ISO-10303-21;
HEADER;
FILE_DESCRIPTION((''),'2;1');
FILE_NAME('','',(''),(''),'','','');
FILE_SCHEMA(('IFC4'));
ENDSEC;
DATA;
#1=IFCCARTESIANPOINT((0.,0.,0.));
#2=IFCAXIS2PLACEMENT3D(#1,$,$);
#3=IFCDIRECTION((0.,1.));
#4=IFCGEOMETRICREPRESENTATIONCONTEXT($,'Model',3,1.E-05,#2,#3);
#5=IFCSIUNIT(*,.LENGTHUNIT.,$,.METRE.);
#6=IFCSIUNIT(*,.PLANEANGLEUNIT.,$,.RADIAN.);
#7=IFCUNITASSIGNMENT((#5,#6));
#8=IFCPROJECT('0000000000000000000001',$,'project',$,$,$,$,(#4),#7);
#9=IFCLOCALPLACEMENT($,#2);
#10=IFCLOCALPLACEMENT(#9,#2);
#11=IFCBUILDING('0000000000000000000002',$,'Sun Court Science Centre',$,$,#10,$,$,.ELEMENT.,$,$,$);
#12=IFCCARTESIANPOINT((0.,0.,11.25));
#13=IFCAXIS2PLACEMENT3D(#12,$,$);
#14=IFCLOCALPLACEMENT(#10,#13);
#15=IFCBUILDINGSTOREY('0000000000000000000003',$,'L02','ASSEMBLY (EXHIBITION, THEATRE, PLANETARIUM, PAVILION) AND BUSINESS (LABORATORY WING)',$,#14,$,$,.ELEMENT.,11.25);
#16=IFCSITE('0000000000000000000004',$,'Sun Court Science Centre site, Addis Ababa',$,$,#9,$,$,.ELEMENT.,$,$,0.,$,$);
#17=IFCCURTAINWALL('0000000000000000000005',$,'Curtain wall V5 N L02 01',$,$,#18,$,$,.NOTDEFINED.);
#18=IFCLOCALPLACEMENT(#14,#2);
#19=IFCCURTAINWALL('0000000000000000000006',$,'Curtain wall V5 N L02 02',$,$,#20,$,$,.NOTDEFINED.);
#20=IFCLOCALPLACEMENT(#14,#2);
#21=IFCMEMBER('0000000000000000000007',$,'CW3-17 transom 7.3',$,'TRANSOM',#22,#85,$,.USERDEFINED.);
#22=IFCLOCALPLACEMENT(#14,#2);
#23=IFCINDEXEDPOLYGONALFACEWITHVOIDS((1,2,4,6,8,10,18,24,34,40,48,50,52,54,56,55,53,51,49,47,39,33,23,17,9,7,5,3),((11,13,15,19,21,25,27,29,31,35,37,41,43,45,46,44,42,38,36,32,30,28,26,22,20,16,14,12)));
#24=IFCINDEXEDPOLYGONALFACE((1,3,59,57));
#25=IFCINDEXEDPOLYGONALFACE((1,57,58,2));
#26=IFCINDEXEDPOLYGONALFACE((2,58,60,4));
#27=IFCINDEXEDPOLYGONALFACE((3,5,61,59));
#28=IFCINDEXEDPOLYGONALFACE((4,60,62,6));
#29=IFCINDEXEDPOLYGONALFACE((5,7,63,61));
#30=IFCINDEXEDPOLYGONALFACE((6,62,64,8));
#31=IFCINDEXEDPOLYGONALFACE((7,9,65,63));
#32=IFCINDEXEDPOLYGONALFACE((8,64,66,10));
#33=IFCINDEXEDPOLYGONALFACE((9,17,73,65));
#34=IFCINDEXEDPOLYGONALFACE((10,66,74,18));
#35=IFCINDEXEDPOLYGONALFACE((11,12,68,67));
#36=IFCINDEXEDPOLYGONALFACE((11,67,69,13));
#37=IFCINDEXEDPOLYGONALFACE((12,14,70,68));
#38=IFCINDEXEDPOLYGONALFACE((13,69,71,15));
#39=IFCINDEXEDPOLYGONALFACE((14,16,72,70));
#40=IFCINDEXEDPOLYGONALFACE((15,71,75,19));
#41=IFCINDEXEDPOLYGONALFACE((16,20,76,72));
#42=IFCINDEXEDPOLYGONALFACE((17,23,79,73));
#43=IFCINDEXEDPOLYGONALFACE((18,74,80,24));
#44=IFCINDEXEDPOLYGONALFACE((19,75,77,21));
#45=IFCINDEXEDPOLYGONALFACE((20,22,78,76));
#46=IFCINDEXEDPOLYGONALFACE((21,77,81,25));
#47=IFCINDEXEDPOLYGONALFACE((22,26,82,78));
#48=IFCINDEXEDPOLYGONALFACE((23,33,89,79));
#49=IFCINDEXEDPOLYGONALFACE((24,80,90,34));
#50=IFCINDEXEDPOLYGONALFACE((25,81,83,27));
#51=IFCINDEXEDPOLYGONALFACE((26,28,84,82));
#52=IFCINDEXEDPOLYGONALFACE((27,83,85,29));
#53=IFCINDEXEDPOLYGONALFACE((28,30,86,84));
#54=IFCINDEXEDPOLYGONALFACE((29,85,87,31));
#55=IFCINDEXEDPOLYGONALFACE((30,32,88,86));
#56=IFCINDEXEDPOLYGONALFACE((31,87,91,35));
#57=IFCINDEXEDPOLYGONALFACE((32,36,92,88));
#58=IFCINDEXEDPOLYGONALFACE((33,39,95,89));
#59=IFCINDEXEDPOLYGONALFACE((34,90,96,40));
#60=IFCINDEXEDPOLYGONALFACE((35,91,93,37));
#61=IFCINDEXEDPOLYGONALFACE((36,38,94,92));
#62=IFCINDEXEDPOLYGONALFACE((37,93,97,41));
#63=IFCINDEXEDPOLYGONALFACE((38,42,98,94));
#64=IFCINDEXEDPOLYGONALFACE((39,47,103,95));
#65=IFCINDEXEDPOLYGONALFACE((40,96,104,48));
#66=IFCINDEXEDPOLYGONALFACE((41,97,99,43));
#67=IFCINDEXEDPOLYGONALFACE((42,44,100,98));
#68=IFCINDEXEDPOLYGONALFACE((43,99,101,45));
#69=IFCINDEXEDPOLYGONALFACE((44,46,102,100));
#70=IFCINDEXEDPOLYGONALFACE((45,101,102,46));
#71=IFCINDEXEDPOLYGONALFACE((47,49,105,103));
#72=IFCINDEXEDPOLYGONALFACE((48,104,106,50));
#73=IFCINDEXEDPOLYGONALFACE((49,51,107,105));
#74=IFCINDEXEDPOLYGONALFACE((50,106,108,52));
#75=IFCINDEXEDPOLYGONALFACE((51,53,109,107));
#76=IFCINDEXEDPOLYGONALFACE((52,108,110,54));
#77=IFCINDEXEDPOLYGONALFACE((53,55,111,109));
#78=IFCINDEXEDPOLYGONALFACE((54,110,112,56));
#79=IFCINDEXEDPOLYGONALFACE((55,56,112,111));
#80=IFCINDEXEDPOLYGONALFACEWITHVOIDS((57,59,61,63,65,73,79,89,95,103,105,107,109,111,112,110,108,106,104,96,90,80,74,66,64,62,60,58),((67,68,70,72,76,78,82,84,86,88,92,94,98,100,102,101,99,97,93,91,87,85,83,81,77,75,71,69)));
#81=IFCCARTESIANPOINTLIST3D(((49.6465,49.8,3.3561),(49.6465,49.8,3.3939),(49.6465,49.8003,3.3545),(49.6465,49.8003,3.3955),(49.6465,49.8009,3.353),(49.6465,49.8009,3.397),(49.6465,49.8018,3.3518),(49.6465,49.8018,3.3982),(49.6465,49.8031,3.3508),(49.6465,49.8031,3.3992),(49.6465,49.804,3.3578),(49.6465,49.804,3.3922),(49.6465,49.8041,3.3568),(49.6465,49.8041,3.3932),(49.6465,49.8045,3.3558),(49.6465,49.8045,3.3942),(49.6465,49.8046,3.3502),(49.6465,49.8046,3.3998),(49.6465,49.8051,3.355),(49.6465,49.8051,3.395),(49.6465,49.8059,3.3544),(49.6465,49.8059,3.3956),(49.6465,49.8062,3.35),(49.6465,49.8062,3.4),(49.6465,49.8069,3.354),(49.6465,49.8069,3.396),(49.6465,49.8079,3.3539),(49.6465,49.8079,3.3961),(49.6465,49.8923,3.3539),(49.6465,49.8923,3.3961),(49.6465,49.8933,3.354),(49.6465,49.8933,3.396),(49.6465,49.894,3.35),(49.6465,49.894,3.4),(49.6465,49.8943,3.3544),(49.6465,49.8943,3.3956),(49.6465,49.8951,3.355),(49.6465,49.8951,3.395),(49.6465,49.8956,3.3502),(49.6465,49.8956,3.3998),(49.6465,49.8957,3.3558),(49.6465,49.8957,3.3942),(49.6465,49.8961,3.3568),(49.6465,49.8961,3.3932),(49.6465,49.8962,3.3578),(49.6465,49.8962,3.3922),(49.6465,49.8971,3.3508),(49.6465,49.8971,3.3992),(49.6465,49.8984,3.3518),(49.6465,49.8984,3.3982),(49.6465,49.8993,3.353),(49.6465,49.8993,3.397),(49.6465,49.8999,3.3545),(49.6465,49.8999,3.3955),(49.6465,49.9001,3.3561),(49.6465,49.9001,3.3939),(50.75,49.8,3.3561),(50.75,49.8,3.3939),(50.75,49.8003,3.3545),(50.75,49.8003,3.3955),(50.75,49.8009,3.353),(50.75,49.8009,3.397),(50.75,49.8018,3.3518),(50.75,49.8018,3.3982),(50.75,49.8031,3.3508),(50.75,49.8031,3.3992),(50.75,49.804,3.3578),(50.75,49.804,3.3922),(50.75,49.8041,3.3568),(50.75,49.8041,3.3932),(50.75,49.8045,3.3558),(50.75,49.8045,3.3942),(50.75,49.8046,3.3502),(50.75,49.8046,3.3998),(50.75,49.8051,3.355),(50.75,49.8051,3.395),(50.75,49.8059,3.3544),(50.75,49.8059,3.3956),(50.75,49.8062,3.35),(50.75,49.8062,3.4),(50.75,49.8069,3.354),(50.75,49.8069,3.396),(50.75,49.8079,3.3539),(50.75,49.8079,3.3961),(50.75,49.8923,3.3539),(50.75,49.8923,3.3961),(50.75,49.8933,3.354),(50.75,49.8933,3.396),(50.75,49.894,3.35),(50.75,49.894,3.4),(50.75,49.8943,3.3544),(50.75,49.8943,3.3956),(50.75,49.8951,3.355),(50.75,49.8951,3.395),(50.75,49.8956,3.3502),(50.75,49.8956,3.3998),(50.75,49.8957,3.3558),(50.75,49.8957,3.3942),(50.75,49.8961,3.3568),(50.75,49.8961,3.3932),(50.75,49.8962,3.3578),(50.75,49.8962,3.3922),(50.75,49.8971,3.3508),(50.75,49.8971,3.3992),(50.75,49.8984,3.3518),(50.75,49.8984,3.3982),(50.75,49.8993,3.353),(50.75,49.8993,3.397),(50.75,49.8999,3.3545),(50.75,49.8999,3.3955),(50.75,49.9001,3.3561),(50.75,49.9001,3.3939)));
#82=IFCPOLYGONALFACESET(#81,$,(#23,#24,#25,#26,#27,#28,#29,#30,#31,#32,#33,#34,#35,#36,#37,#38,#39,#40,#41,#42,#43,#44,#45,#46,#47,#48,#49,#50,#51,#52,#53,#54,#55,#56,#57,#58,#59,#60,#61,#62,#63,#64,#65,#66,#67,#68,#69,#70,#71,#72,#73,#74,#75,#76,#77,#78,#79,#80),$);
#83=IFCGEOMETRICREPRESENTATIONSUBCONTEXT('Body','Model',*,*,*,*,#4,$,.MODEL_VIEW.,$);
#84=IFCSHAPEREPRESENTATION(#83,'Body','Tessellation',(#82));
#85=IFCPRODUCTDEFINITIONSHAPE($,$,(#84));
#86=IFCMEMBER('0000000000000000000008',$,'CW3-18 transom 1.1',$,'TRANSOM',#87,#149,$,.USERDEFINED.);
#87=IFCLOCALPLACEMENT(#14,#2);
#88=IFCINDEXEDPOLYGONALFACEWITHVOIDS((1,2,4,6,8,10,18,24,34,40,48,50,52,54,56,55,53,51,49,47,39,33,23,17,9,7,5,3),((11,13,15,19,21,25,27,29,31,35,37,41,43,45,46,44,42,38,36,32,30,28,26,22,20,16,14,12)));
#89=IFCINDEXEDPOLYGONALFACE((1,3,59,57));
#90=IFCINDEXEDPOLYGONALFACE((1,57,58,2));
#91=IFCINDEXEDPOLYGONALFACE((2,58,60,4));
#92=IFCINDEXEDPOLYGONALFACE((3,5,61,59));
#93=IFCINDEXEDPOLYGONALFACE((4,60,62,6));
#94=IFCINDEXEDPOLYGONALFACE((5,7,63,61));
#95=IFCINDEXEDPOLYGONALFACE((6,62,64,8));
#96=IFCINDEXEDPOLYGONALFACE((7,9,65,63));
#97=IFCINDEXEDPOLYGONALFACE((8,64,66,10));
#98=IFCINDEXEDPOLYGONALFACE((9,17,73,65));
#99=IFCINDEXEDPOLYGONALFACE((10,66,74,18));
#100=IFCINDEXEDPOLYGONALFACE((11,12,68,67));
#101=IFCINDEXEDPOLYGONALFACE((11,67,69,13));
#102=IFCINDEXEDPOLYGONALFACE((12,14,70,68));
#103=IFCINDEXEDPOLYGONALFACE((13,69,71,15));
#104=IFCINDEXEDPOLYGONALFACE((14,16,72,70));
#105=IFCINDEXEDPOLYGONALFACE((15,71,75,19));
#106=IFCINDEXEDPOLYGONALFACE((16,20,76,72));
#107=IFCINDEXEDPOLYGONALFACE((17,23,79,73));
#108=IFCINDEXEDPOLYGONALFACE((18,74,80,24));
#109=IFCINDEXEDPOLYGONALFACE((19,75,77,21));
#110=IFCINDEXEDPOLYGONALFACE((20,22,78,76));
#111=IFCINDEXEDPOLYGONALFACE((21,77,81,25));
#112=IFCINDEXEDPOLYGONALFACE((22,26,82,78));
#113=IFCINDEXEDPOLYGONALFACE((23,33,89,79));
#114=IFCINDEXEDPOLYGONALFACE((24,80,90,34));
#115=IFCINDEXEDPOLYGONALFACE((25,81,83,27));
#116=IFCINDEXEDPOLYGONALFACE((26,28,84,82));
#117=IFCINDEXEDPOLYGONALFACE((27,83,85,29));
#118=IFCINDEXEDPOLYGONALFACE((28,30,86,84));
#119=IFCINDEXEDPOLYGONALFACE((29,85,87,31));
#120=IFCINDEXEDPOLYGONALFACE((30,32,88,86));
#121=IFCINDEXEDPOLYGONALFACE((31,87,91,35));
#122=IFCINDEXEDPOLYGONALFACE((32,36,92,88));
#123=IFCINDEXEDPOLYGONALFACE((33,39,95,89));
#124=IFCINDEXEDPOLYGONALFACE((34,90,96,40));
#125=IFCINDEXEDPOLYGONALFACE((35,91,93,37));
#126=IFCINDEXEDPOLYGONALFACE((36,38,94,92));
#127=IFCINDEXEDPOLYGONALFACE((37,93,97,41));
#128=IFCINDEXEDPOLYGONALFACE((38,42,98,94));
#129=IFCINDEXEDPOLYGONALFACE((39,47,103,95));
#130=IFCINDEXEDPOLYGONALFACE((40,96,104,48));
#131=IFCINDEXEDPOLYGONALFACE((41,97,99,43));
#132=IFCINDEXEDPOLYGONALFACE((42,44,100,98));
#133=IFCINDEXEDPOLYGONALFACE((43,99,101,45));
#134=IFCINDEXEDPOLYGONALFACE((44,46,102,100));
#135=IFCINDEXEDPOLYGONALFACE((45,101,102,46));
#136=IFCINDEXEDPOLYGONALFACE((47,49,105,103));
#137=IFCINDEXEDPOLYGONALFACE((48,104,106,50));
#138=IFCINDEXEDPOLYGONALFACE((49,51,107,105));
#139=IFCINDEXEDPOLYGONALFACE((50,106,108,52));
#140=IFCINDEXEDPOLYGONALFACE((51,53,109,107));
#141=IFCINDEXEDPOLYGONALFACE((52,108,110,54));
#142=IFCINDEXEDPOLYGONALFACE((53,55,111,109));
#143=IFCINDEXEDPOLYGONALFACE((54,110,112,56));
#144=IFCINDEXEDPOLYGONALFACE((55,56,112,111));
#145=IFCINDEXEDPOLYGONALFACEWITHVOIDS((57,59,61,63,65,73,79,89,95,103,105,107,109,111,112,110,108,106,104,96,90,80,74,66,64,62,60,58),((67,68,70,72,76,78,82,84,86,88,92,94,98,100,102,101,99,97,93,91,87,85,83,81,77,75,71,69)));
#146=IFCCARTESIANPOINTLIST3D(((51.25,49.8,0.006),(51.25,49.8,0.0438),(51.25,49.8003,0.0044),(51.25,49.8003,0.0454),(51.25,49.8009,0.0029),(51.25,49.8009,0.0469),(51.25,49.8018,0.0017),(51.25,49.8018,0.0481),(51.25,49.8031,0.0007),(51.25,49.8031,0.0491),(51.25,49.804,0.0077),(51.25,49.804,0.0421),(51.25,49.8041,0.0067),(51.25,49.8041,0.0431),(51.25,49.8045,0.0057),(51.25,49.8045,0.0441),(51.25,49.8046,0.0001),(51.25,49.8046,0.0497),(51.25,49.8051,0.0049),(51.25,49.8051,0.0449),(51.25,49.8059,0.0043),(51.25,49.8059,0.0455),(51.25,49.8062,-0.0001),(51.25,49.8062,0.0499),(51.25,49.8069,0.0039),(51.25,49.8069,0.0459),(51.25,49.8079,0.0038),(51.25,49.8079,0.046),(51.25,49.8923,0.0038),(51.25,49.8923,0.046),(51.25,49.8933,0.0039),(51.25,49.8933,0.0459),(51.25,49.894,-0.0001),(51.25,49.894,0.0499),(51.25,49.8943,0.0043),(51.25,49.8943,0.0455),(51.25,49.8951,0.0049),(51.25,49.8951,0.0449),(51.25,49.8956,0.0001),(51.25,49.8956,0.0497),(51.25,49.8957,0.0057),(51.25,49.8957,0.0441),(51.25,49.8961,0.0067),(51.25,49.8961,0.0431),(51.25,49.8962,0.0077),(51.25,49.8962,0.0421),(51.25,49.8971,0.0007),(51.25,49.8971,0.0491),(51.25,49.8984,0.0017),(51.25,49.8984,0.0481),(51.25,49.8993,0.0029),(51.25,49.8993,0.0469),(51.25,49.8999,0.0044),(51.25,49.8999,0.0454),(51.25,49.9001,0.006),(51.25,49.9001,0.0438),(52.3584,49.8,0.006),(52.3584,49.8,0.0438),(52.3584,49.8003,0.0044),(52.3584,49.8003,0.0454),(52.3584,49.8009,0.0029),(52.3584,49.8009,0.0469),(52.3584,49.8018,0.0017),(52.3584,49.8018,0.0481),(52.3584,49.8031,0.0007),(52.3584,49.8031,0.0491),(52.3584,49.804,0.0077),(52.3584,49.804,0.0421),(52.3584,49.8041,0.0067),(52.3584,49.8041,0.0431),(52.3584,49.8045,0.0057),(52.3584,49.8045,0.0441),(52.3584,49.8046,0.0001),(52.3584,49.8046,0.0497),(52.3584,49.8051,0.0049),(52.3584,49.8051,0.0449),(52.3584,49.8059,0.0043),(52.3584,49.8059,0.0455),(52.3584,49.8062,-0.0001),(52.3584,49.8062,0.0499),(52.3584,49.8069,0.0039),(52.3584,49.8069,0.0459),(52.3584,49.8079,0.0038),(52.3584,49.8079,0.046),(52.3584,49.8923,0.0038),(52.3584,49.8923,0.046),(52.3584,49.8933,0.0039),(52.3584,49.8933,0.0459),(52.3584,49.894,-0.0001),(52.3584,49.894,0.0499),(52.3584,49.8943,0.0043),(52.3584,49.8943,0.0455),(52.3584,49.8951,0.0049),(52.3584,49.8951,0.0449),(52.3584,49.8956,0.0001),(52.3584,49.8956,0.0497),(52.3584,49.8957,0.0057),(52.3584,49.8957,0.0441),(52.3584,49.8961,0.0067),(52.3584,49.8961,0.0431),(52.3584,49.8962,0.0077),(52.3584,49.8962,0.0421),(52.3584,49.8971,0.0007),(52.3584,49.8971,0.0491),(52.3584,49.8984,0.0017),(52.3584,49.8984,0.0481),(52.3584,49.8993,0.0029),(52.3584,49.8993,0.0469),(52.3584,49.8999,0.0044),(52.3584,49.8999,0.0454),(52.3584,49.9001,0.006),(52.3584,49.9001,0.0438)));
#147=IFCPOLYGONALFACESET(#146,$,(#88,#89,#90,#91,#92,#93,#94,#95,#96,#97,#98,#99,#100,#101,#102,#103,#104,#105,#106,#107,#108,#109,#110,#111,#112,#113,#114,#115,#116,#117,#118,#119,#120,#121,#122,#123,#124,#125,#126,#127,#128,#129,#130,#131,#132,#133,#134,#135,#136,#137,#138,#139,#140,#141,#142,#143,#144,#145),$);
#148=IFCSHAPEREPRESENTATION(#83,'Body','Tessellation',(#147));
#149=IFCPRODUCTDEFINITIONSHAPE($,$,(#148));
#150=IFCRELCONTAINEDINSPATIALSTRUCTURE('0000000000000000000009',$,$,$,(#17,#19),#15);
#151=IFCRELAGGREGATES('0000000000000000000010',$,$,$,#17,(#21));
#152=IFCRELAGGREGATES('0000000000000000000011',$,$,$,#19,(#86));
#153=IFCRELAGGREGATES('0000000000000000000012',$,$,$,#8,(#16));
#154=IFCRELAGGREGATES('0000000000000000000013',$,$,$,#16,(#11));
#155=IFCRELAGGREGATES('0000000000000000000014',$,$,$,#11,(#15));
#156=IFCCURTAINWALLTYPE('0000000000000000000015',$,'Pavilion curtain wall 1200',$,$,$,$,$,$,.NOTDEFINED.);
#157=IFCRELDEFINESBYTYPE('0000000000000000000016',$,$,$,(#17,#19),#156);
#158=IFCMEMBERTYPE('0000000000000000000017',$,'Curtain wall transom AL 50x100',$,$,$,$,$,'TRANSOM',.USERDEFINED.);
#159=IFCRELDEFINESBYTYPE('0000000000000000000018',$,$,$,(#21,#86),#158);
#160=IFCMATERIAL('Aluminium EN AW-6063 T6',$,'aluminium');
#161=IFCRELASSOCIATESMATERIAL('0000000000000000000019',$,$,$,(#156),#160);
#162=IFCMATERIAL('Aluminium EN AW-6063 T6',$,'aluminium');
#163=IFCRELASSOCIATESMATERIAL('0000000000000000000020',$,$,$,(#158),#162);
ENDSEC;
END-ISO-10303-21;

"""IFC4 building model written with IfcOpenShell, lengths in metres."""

from ifc_helpers import new_model, si_unit, direction, frame, origin, origin_2d, place, context, subcontext, project, spatial, hollow_rectangle, extrude, material, material_profile, profile_set, type_object, element, aggregate, save


model = new_model("IFC4")

# Units and contexts
model_context = context("Model", 3, precision=1e-05, world=origin(), true_north=direction((0.0, 1.0)))
body_context = subcontext(model_context, "Body", "Model", "MODEL_VIEW")
ifc_project = project(units=[si_unit("LENGTHUNIT", "METRE"), si_unit("PLANEANGLEUNIT", "RADIAN")], contexts=[model_context])

# Site, building, storey
site_placement = place(None, origin())
site = spatial("IfcSite", under=ifc_project, at=site_placement, Name="Sun Court Science Centre site, Addis Ababa", CompositionType="ELEMENT", RefElevation=0.0)
building_placement = place(site_placement, origin())
building = spatial("IfcBuilding", under=site, at=building_placement, Name="Sun Court Science Centre", CompositionType="ELEMENT")
storey_placement = place(building_placement, frame((0.0, 0.0, 11.25)))
storey = spatial("IfcBuildingStorey", under=building, at=storey_placement, Name="L02", Description="ASSEMBLY (EXHIBITION, THEATRE, PLANETARIUM, PAVILION) AND BUSINESS (LABORATORY WING)", CompositionType="ELEMENT", Elevation=11.25)

# Curtain wall
ifc_material_1 = material(Name="Aluminium EN AW-6063 T6", Category="aluminium")
curtain_wall_type = type_object("IfcCurtainWallType", Name="Pavilion curtain wall 1200", PredefinedType="NOTDEFINED", material=ifc_material_1)
curtain_wall_1_placement = place(storey_placement, origin())
curtain_wall_1 = element("IfcCurtainWall", 1, at=curtain_wall_1_placement, inside=storey, type_object=curtain_wall_type, Name="Curtain wall V5 N L02 01", PredefinedType="NOTDEFINED")

# Curtain wall
curtain_wall_2_placement = place(storey_placement, origin())
curtain_wall_2 = element("IfcCurtainWall", 2, at=curtain_wall_2_placement, inside=storey, type_object=curtain_wall_type, Name="Curtain wall V5 N L02 02", PredefinedType="NOTDEFINED")

# Members
ifc_material_2 = material(Name="Aluminium EN AW-6063 T6", Category="aluminium")
ifc_material_profile_1 = material_profile(ifc_material_2, hollow_rectangle(XDim=0.05, YDim=0.1001, WallThickness=0.0039, InnerFilletRadius=0.0039, OuterFilletRadius=0.0061, at=origin_2d()), Name="AL 50x100x4")
ifc_profile_set_1 = profile_set([ifc_material_profile_1], Name="Aluminium EN AW-6063 T6")
member_type_1 = type_object("IfcMemberType", Name="Curtain wall transom AL 50x100", ElementType="TRANSOM", PredefinedType="USERDEFINED", material=ifc_profile_set_1)
member_1_placement = place(storey_placement, frame((49.6465, 49.8501, 3.375), z_axis=(1.0, 0.0, 0.0), x_axis=(0.0, 0.0, 1.0)))
member_1 = element("IfcMember", 3, at=member_1_placement, type_object=member_type_1, Name="CW3-17 transom 7.3", ObjectType="TRANSOM", PredefinedType="USERDEFINED", context=body_context, shape_type="SweptSolid", body=[
    extrude(hollow_rectangle(XDim=0.05, YDim=0.1001, WallThickness=0.0039, InnerFilletRadius=0.0039, OuterFilletRadius=0.0061, at=origin_2d()), origin(), (0.0, 0.0, 1.0), 1.1035),
])
member_2_placement = place(storey_placement, frame((51.25, 49.8501, 0.0249), z_axis=(1.0, 0.0, 0.0), x_axis=(0.0, 0.0, 1.0)))
member_2 = element("IfcMember", 4, at=member_2_placement, type_object=member_type_1, Name="CW3-18 transom 1.1", ObjectType="TRANSOM", PredefinedType="USERDEFINED", context=body_context, shape_type="SweptSolid", body=[
    extrude(hollow_rectangle(XDim=0.05, YDim=0.1001, WallThickness=0.0039, InnerFilletRadius=0.0039, OuterFilletRadius=0.0061, at=origin_2d()), origin(), (0.0, 0.0, 1.0), 1.1084),
])

aggregate(curtain_wall_1, [member_1])
aggregate(curtain_wall_2, [member_2])

save(model, "model.ifc")
